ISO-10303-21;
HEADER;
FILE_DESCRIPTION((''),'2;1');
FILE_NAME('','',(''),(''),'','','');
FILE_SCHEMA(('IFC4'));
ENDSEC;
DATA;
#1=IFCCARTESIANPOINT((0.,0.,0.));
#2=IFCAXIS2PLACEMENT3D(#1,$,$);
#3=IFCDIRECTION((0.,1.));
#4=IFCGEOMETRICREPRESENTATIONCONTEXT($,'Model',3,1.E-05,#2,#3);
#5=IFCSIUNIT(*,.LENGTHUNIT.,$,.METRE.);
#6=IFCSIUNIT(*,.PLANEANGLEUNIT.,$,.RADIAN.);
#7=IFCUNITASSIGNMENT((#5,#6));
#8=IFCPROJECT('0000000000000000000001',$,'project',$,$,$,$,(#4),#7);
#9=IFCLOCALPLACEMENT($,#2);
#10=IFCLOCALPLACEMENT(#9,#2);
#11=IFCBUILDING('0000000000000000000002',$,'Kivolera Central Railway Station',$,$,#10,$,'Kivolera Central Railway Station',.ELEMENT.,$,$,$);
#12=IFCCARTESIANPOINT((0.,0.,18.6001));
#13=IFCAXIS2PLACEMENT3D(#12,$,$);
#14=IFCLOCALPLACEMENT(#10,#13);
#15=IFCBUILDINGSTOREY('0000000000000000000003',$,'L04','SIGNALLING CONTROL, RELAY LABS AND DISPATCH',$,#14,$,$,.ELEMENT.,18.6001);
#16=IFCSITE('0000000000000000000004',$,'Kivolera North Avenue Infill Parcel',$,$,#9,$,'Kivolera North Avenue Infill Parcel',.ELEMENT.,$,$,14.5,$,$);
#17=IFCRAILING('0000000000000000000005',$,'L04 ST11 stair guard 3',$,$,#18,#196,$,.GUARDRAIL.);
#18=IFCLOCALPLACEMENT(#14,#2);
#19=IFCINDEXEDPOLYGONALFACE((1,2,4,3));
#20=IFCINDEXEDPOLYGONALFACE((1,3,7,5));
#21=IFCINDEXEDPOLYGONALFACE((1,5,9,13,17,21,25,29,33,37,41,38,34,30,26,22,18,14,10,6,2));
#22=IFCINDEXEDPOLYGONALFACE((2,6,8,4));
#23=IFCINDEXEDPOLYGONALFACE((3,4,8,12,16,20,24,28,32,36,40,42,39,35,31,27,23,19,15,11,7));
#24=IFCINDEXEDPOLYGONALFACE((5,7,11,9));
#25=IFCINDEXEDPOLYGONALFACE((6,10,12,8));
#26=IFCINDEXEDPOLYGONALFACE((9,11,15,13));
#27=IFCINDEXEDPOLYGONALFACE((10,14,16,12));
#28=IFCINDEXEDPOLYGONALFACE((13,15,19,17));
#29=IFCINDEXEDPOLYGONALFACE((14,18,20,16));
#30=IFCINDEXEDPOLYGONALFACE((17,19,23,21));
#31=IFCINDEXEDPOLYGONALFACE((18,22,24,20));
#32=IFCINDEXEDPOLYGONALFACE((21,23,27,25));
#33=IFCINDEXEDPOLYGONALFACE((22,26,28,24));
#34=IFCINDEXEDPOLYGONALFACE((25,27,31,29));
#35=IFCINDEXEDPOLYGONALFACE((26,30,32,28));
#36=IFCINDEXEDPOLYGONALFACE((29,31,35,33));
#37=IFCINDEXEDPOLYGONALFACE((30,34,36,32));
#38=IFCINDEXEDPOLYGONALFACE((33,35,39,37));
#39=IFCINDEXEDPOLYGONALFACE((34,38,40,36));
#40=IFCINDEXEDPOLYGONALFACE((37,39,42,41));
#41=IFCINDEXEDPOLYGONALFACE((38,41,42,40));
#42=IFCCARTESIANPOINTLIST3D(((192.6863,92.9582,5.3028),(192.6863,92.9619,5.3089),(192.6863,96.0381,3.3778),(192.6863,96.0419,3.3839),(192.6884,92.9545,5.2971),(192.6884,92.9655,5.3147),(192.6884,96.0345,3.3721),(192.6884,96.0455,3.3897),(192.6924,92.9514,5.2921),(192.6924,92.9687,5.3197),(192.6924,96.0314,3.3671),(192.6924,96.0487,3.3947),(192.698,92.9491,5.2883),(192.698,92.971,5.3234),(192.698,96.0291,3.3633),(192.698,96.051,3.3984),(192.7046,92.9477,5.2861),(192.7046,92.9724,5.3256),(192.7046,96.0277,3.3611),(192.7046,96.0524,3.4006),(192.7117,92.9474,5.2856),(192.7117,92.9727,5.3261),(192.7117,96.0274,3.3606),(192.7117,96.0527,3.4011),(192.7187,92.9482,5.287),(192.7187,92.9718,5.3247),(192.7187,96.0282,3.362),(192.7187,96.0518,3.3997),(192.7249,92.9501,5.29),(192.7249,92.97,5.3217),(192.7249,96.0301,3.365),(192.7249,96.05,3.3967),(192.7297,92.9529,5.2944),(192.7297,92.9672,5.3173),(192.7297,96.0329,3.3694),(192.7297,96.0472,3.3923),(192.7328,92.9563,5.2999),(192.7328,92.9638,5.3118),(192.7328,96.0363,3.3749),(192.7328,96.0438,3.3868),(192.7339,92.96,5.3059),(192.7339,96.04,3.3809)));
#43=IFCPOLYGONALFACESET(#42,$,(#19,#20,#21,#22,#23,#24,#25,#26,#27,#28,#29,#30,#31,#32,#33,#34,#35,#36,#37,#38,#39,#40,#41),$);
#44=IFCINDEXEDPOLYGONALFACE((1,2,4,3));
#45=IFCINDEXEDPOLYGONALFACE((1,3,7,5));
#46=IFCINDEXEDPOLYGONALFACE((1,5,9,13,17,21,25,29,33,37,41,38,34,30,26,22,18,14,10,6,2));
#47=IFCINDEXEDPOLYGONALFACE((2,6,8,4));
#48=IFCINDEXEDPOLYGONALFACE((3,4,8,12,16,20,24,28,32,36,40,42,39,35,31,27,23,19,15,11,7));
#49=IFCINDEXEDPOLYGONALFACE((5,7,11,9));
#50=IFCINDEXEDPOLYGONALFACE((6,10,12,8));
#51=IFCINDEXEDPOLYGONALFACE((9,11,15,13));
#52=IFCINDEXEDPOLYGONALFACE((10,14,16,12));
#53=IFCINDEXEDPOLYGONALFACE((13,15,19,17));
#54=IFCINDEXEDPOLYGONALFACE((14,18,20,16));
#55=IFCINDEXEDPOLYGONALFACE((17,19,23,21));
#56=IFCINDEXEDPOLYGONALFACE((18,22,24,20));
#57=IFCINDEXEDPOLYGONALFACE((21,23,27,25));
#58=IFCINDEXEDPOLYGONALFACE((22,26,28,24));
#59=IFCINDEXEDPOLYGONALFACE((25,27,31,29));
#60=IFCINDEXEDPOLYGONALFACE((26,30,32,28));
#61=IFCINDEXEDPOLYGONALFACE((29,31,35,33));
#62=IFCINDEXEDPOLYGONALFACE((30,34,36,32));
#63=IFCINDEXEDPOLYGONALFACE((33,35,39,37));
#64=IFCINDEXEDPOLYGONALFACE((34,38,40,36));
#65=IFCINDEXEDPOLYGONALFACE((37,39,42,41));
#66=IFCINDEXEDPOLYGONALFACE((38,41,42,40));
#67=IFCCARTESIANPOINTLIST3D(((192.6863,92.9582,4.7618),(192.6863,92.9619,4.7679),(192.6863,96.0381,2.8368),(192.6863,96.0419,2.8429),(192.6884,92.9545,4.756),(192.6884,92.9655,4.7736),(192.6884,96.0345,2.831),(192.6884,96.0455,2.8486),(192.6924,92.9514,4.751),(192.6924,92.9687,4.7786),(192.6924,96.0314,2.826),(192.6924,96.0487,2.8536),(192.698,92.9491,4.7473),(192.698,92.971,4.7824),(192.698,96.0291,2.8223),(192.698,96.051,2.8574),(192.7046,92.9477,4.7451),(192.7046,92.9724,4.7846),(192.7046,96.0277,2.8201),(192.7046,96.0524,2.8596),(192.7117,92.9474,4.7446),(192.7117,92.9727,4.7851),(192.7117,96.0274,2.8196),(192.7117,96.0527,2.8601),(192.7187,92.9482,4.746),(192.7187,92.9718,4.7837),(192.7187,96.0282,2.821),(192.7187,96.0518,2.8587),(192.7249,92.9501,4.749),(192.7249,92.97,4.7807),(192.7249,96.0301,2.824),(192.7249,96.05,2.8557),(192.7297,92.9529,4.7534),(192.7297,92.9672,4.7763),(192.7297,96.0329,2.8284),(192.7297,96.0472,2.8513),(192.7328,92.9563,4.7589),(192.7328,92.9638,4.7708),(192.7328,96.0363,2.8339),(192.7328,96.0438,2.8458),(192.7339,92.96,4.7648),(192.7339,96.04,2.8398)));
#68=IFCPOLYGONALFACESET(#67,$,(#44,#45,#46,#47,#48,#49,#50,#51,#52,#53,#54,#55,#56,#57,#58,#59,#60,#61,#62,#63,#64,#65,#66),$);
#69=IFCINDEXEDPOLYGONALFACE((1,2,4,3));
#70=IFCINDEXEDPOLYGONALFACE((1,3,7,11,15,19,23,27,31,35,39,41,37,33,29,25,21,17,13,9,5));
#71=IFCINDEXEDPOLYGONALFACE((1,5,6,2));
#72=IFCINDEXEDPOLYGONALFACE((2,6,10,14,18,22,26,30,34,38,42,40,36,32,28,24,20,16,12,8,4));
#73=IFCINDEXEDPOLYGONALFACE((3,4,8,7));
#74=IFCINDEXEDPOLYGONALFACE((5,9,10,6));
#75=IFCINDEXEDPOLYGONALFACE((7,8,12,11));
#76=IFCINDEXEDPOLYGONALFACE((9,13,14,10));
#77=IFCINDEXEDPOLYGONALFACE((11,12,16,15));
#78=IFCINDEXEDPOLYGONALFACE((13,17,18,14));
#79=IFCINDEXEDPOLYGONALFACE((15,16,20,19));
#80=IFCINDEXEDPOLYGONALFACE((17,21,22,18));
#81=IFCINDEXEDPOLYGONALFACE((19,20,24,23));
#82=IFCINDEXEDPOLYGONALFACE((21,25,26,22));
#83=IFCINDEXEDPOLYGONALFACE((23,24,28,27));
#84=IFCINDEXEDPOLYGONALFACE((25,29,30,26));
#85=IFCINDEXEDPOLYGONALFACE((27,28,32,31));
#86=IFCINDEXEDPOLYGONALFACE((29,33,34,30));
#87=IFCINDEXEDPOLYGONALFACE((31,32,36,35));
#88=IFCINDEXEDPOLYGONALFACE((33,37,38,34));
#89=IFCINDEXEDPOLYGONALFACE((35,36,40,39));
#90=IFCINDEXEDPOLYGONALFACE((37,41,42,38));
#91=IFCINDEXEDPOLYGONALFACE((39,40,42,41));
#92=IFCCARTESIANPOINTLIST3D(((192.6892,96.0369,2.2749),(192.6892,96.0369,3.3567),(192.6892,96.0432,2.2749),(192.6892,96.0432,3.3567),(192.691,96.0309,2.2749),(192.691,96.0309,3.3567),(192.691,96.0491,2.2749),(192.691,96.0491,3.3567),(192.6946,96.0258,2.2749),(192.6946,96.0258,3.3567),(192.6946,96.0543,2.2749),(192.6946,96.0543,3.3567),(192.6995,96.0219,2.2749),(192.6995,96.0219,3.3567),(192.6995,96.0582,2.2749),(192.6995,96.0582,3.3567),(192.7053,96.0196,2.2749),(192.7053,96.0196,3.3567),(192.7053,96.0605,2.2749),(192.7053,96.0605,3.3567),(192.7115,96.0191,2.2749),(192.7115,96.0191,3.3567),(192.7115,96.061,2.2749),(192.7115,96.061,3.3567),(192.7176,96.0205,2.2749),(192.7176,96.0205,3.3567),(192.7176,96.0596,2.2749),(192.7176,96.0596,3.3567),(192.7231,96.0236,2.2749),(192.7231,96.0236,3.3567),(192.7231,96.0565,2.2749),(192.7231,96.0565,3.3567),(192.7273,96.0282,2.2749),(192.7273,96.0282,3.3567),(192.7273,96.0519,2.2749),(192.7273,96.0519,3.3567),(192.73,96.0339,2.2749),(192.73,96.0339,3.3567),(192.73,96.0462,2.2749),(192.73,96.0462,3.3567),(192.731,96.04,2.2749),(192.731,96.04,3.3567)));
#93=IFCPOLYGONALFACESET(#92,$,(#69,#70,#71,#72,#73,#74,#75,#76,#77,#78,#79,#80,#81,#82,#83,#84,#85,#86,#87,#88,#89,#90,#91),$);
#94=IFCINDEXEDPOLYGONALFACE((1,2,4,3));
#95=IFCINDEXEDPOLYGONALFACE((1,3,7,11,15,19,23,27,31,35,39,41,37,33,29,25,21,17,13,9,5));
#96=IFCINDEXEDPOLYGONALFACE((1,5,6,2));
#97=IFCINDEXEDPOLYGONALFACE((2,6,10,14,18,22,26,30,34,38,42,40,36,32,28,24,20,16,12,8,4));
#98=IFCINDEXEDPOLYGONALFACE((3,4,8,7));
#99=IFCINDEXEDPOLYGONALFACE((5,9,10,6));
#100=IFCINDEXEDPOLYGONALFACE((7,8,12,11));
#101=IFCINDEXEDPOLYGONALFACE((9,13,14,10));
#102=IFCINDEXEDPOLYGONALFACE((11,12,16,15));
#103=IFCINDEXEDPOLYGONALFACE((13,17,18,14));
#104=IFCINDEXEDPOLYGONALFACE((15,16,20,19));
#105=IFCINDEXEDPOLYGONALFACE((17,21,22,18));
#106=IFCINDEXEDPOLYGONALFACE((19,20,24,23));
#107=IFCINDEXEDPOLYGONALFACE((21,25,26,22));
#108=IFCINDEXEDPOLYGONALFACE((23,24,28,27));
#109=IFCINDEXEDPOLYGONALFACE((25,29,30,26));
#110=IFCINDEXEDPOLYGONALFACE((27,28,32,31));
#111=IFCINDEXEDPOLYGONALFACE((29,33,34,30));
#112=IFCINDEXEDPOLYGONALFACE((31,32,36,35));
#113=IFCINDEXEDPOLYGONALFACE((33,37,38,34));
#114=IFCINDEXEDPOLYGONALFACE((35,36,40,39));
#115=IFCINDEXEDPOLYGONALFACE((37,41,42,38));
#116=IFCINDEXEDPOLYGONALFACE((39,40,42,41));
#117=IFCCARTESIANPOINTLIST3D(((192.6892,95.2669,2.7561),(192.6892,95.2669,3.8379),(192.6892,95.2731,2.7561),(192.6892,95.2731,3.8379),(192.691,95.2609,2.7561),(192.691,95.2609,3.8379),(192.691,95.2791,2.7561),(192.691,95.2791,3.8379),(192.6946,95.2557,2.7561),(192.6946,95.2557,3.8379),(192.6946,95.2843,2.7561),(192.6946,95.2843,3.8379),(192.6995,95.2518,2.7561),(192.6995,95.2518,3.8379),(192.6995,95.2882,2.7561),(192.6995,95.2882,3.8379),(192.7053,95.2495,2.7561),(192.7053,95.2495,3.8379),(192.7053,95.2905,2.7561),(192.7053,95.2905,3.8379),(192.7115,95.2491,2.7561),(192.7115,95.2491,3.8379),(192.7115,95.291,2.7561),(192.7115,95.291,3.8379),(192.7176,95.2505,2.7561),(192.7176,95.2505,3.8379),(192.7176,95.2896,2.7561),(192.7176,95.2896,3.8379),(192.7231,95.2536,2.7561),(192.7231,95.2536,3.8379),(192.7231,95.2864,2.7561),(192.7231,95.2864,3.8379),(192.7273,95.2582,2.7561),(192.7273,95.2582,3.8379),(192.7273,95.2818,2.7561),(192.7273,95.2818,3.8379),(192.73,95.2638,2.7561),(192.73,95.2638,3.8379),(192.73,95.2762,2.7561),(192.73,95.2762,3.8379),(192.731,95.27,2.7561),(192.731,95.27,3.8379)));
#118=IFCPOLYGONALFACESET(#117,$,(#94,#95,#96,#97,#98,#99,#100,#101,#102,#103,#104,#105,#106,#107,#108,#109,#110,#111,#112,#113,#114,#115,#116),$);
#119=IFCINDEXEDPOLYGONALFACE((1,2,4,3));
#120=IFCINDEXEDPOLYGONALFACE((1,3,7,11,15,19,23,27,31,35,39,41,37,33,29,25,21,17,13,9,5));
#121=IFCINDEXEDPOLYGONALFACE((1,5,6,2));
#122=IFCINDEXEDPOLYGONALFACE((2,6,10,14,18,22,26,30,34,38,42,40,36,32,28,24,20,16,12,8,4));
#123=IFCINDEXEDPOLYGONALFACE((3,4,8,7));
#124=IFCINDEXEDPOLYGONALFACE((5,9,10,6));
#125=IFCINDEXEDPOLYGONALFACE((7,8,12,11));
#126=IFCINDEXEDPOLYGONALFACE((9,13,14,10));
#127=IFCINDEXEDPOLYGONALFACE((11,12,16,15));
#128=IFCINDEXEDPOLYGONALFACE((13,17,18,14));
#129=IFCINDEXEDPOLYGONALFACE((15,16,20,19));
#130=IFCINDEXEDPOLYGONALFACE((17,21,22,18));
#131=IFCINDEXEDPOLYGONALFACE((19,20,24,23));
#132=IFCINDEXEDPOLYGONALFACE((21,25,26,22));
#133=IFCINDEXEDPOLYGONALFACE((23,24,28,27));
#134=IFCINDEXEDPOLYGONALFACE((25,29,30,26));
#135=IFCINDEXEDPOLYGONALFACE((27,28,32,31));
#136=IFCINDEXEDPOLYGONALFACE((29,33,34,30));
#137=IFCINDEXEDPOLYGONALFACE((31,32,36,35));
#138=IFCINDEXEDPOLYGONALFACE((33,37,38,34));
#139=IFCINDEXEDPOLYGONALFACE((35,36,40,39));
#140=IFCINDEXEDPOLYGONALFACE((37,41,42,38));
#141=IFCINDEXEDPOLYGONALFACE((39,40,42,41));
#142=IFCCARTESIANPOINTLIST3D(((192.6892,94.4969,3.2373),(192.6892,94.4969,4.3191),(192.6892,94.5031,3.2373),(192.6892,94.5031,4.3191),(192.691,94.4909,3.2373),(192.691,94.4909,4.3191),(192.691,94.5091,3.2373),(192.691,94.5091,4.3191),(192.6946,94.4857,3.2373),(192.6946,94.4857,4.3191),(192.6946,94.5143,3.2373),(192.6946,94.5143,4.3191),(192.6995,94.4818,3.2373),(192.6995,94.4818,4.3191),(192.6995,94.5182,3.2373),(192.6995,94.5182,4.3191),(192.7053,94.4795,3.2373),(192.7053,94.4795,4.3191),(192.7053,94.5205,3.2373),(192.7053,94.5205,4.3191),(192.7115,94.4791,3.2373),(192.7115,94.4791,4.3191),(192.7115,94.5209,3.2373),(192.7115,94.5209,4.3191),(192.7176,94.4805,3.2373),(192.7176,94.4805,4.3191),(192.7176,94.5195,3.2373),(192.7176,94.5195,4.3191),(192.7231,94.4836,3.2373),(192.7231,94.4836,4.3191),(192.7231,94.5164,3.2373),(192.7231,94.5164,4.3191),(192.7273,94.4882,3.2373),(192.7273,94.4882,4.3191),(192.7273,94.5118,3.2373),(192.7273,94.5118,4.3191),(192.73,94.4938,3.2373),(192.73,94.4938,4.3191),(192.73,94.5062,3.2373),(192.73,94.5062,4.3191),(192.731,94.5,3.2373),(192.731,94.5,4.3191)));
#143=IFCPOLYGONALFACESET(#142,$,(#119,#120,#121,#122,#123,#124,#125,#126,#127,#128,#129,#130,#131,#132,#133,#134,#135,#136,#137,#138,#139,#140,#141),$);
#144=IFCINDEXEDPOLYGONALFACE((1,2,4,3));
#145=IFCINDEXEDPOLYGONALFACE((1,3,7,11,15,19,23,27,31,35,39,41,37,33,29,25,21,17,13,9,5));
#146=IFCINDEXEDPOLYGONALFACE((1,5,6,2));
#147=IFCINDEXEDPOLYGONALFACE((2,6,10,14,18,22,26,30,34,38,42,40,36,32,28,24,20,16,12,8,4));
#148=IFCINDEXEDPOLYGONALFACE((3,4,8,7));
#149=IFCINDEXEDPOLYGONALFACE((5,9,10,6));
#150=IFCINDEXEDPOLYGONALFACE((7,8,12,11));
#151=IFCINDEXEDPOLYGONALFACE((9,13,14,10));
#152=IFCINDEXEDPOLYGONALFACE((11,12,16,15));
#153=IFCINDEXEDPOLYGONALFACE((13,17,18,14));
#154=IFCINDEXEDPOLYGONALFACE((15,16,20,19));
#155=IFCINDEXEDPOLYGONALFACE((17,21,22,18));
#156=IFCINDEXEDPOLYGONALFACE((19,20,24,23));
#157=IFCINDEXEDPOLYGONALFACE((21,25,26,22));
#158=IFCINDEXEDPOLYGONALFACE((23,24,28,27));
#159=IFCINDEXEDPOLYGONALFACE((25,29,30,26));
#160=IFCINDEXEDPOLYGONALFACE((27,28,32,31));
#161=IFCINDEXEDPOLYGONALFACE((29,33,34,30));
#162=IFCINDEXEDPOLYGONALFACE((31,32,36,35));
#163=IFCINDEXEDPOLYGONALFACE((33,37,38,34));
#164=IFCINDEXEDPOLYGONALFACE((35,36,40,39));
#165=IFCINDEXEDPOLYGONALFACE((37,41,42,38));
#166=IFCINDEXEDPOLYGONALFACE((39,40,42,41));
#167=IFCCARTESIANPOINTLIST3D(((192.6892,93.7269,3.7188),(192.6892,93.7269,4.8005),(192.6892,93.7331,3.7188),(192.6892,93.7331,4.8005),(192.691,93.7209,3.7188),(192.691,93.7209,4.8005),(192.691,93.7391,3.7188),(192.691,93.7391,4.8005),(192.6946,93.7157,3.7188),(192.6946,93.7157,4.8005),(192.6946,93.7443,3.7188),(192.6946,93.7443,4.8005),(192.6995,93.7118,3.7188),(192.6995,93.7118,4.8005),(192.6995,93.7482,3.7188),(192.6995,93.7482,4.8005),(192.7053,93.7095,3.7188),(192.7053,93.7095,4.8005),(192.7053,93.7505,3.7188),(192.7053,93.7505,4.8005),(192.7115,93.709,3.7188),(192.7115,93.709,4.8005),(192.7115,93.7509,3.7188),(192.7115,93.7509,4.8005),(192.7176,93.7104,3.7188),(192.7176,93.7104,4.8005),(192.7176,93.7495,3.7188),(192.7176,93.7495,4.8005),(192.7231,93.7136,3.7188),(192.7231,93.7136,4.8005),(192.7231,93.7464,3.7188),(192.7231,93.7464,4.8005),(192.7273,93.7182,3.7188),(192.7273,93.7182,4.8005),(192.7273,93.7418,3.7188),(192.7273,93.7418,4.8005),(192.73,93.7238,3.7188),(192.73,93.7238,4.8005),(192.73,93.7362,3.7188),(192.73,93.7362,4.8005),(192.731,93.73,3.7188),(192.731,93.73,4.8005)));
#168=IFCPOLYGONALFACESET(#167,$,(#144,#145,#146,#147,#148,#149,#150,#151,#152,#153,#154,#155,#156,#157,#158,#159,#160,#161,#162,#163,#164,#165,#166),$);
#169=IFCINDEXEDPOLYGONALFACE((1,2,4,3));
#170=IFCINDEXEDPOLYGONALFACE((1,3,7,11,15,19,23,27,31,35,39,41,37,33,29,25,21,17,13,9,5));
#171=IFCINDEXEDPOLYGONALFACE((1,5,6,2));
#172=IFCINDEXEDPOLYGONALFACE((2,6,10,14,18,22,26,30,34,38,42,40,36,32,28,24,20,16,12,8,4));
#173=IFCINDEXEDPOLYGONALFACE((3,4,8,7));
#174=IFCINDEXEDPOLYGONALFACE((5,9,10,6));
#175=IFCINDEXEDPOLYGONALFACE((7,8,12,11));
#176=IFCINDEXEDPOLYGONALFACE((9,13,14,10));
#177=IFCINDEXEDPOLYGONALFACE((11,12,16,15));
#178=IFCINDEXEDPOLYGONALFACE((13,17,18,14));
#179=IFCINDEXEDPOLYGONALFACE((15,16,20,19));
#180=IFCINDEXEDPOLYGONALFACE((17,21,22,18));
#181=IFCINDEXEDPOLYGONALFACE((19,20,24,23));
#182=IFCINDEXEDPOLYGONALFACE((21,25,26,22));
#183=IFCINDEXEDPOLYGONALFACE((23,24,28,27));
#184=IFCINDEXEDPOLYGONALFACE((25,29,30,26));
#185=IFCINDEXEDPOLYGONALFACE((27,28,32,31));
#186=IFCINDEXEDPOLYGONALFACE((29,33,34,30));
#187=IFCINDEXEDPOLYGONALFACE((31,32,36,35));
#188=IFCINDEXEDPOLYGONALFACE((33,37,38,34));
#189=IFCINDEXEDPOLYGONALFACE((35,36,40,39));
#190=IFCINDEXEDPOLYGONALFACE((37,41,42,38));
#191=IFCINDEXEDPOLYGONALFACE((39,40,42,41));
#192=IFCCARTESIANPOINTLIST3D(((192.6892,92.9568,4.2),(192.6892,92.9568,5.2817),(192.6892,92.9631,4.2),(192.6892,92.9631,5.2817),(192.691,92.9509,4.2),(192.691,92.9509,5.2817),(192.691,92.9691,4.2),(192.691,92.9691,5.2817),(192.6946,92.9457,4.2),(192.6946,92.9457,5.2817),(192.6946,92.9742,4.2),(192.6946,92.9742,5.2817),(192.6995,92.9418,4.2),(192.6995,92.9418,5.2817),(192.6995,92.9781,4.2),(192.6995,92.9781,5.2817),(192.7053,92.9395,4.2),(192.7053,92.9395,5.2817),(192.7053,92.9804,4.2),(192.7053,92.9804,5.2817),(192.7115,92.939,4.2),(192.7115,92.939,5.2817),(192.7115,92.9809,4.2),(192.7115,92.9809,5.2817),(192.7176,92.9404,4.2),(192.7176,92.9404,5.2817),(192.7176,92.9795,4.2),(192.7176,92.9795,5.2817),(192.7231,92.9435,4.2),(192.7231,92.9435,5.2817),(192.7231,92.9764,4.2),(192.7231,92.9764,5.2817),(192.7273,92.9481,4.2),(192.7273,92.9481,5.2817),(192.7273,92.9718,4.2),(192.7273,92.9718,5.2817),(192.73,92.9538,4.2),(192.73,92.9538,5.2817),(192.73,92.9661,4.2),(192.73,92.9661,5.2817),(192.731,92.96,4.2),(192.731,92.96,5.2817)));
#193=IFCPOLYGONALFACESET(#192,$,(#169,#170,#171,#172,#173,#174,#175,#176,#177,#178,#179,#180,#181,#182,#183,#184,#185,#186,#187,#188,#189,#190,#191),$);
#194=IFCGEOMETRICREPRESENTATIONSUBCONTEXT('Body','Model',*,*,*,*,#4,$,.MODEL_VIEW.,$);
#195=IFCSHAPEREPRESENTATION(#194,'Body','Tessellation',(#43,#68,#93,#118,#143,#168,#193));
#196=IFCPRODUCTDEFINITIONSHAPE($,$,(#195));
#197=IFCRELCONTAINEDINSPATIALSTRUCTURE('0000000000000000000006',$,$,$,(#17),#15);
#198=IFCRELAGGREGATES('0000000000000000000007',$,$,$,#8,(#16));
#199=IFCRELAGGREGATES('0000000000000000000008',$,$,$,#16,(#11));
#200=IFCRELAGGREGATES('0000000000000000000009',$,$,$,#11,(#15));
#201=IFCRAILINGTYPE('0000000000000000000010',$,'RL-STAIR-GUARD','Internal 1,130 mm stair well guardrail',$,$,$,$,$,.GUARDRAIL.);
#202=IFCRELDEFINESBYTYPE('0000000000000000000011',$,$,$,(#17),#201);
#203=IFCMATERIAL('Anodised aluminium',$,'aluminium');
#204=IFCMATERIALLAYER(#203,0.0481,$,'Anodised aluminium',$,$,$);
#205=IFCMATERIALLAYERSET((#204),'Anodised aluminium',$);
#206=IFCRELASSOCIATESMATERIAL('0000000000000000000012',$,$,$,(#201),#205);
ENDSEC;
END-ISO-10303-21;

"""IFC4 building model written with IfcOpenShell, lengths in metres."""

from ifc_helpers import new_model, si_unit, direction, frame, origin, origin_2d, place, context, subcontext, project, spatial, circle, extrude, material, layer, layer_set, type_object, element, save


model = new_model("IFC4")

# Units and contexts
model_context = context("Model", 3, precision=1e-05, world=origin(), true_north=direction((0.0, 1.0)))
body_context = subcontext(model_context, "Body", "Model", "MODEL_VIEW")
ifc_project = project(units=[si_unit("LENGTHUNIT", "METRE"), si_unit("PLANEANGLEUNIT", "RADIAN")], contexts=[model_context])

# Site, building, storey
site_placement = place(None, origin())
site = spatial("IfcSite", under=ifc_project, at=site_placement, Name="Kivolera North Avenue Infill Parcel", LongName="Kivolera North Avenue Infill Parcel", CompositionType="ELEMENT", RefElevation=14.5)
building_placement = place(site_placement, origin())
building = spatial("IfcBuilding", under=site, at=building_placement, Name="Kivolera Central Railway Station", LongName="Kivolera Central Railway Station", CompositionType="ELEMENT")
storey_placement = place(building_placement, frame((0.0, 0.0, 18.6001)))
storey = spatial("IfcBuildingStorey", under=building, at=storey_placement, Name="L04", Description="SIGNALLING CONTROL, RELAY LABS AND DISPATCH", CompositionType="ELEMENT", Elevation=18.6001)

# Shared definitions
ifc_material_1 = material(Name="Anodised aluminium", Category="aluminium")

# Railing
ifc_layer_1 = layer(ifc_material_1, 0.0481, Name="Anodised aluminium")
ifc_layer_set_1 = layer_set([ifc_layer_1], Name="Anodised aluminium")
railing_type_1 = type_object("IfcRailingType", Name="RL-STAIR-GUARD", Description="Internal 1,130 mm stair well guardrail", PredefinedType="GUARDRAIL", material=ifc_layer_set_1)
railing_1_placement = place(storey_placement, frame((192.71, 96.04, 2.2749)))
element("IfcRailing", 1, at=railing_1_placement, inside=storey, type_object=railing_type_1, Name="L04 ST11 stair guard 3", PredefinedType="GUARDRAIL", context=body_context, shape_type="SweptSolid", body=[
    extrude(circle(Radius=0.0239, at=origin_2d()), frame((0.0, 0.0, 1.106), z_axis=(0.0, -0.847998, 0.529999), x_axis=(1.0, 0.0, 0.0)), (0.0, 0.0, 1.0), 3.6321),
    extrude(circle(Radius=0.0239, at=origin_2d()), frame((0.0, 0.0, 0.5649), z_axis=(0.0, -0.847998, 0.529999), x_axis=(1.0, 0.0, 0.0)), (0.0, 0.0, 1.0), 3.6321),
    extrude(circle(Radius=0.021, at=origin_2d()), origin(), (0.0, 0.0, 1.0), 1.0818),
    extrude(circle(Radius=0.021, at=origin_2d()), frame((0.0, -0.77, 0.4812)), (0.0, 0.0, 1.0), 1.0818),
    extrude(circle(Radius=0.021, at=origin_2d()), frame((0.0, -1.54, 0.9624)), (0.0, 0.0, 1.0), 1.0818),
    extrude(circle(Radius=0.021, at=origin_2d()), frame((0.0, -2.3101, 1.4438)), (0.0, 0.0, 1.0), 1.0818),
    extrude(circle(Radius=0.021, at=origin_2d()), frame((0.0, -3.0801, 1.925)), (0.0, 0.0, 1.0), 1.0818),
])

save(model, "model.ifc")
